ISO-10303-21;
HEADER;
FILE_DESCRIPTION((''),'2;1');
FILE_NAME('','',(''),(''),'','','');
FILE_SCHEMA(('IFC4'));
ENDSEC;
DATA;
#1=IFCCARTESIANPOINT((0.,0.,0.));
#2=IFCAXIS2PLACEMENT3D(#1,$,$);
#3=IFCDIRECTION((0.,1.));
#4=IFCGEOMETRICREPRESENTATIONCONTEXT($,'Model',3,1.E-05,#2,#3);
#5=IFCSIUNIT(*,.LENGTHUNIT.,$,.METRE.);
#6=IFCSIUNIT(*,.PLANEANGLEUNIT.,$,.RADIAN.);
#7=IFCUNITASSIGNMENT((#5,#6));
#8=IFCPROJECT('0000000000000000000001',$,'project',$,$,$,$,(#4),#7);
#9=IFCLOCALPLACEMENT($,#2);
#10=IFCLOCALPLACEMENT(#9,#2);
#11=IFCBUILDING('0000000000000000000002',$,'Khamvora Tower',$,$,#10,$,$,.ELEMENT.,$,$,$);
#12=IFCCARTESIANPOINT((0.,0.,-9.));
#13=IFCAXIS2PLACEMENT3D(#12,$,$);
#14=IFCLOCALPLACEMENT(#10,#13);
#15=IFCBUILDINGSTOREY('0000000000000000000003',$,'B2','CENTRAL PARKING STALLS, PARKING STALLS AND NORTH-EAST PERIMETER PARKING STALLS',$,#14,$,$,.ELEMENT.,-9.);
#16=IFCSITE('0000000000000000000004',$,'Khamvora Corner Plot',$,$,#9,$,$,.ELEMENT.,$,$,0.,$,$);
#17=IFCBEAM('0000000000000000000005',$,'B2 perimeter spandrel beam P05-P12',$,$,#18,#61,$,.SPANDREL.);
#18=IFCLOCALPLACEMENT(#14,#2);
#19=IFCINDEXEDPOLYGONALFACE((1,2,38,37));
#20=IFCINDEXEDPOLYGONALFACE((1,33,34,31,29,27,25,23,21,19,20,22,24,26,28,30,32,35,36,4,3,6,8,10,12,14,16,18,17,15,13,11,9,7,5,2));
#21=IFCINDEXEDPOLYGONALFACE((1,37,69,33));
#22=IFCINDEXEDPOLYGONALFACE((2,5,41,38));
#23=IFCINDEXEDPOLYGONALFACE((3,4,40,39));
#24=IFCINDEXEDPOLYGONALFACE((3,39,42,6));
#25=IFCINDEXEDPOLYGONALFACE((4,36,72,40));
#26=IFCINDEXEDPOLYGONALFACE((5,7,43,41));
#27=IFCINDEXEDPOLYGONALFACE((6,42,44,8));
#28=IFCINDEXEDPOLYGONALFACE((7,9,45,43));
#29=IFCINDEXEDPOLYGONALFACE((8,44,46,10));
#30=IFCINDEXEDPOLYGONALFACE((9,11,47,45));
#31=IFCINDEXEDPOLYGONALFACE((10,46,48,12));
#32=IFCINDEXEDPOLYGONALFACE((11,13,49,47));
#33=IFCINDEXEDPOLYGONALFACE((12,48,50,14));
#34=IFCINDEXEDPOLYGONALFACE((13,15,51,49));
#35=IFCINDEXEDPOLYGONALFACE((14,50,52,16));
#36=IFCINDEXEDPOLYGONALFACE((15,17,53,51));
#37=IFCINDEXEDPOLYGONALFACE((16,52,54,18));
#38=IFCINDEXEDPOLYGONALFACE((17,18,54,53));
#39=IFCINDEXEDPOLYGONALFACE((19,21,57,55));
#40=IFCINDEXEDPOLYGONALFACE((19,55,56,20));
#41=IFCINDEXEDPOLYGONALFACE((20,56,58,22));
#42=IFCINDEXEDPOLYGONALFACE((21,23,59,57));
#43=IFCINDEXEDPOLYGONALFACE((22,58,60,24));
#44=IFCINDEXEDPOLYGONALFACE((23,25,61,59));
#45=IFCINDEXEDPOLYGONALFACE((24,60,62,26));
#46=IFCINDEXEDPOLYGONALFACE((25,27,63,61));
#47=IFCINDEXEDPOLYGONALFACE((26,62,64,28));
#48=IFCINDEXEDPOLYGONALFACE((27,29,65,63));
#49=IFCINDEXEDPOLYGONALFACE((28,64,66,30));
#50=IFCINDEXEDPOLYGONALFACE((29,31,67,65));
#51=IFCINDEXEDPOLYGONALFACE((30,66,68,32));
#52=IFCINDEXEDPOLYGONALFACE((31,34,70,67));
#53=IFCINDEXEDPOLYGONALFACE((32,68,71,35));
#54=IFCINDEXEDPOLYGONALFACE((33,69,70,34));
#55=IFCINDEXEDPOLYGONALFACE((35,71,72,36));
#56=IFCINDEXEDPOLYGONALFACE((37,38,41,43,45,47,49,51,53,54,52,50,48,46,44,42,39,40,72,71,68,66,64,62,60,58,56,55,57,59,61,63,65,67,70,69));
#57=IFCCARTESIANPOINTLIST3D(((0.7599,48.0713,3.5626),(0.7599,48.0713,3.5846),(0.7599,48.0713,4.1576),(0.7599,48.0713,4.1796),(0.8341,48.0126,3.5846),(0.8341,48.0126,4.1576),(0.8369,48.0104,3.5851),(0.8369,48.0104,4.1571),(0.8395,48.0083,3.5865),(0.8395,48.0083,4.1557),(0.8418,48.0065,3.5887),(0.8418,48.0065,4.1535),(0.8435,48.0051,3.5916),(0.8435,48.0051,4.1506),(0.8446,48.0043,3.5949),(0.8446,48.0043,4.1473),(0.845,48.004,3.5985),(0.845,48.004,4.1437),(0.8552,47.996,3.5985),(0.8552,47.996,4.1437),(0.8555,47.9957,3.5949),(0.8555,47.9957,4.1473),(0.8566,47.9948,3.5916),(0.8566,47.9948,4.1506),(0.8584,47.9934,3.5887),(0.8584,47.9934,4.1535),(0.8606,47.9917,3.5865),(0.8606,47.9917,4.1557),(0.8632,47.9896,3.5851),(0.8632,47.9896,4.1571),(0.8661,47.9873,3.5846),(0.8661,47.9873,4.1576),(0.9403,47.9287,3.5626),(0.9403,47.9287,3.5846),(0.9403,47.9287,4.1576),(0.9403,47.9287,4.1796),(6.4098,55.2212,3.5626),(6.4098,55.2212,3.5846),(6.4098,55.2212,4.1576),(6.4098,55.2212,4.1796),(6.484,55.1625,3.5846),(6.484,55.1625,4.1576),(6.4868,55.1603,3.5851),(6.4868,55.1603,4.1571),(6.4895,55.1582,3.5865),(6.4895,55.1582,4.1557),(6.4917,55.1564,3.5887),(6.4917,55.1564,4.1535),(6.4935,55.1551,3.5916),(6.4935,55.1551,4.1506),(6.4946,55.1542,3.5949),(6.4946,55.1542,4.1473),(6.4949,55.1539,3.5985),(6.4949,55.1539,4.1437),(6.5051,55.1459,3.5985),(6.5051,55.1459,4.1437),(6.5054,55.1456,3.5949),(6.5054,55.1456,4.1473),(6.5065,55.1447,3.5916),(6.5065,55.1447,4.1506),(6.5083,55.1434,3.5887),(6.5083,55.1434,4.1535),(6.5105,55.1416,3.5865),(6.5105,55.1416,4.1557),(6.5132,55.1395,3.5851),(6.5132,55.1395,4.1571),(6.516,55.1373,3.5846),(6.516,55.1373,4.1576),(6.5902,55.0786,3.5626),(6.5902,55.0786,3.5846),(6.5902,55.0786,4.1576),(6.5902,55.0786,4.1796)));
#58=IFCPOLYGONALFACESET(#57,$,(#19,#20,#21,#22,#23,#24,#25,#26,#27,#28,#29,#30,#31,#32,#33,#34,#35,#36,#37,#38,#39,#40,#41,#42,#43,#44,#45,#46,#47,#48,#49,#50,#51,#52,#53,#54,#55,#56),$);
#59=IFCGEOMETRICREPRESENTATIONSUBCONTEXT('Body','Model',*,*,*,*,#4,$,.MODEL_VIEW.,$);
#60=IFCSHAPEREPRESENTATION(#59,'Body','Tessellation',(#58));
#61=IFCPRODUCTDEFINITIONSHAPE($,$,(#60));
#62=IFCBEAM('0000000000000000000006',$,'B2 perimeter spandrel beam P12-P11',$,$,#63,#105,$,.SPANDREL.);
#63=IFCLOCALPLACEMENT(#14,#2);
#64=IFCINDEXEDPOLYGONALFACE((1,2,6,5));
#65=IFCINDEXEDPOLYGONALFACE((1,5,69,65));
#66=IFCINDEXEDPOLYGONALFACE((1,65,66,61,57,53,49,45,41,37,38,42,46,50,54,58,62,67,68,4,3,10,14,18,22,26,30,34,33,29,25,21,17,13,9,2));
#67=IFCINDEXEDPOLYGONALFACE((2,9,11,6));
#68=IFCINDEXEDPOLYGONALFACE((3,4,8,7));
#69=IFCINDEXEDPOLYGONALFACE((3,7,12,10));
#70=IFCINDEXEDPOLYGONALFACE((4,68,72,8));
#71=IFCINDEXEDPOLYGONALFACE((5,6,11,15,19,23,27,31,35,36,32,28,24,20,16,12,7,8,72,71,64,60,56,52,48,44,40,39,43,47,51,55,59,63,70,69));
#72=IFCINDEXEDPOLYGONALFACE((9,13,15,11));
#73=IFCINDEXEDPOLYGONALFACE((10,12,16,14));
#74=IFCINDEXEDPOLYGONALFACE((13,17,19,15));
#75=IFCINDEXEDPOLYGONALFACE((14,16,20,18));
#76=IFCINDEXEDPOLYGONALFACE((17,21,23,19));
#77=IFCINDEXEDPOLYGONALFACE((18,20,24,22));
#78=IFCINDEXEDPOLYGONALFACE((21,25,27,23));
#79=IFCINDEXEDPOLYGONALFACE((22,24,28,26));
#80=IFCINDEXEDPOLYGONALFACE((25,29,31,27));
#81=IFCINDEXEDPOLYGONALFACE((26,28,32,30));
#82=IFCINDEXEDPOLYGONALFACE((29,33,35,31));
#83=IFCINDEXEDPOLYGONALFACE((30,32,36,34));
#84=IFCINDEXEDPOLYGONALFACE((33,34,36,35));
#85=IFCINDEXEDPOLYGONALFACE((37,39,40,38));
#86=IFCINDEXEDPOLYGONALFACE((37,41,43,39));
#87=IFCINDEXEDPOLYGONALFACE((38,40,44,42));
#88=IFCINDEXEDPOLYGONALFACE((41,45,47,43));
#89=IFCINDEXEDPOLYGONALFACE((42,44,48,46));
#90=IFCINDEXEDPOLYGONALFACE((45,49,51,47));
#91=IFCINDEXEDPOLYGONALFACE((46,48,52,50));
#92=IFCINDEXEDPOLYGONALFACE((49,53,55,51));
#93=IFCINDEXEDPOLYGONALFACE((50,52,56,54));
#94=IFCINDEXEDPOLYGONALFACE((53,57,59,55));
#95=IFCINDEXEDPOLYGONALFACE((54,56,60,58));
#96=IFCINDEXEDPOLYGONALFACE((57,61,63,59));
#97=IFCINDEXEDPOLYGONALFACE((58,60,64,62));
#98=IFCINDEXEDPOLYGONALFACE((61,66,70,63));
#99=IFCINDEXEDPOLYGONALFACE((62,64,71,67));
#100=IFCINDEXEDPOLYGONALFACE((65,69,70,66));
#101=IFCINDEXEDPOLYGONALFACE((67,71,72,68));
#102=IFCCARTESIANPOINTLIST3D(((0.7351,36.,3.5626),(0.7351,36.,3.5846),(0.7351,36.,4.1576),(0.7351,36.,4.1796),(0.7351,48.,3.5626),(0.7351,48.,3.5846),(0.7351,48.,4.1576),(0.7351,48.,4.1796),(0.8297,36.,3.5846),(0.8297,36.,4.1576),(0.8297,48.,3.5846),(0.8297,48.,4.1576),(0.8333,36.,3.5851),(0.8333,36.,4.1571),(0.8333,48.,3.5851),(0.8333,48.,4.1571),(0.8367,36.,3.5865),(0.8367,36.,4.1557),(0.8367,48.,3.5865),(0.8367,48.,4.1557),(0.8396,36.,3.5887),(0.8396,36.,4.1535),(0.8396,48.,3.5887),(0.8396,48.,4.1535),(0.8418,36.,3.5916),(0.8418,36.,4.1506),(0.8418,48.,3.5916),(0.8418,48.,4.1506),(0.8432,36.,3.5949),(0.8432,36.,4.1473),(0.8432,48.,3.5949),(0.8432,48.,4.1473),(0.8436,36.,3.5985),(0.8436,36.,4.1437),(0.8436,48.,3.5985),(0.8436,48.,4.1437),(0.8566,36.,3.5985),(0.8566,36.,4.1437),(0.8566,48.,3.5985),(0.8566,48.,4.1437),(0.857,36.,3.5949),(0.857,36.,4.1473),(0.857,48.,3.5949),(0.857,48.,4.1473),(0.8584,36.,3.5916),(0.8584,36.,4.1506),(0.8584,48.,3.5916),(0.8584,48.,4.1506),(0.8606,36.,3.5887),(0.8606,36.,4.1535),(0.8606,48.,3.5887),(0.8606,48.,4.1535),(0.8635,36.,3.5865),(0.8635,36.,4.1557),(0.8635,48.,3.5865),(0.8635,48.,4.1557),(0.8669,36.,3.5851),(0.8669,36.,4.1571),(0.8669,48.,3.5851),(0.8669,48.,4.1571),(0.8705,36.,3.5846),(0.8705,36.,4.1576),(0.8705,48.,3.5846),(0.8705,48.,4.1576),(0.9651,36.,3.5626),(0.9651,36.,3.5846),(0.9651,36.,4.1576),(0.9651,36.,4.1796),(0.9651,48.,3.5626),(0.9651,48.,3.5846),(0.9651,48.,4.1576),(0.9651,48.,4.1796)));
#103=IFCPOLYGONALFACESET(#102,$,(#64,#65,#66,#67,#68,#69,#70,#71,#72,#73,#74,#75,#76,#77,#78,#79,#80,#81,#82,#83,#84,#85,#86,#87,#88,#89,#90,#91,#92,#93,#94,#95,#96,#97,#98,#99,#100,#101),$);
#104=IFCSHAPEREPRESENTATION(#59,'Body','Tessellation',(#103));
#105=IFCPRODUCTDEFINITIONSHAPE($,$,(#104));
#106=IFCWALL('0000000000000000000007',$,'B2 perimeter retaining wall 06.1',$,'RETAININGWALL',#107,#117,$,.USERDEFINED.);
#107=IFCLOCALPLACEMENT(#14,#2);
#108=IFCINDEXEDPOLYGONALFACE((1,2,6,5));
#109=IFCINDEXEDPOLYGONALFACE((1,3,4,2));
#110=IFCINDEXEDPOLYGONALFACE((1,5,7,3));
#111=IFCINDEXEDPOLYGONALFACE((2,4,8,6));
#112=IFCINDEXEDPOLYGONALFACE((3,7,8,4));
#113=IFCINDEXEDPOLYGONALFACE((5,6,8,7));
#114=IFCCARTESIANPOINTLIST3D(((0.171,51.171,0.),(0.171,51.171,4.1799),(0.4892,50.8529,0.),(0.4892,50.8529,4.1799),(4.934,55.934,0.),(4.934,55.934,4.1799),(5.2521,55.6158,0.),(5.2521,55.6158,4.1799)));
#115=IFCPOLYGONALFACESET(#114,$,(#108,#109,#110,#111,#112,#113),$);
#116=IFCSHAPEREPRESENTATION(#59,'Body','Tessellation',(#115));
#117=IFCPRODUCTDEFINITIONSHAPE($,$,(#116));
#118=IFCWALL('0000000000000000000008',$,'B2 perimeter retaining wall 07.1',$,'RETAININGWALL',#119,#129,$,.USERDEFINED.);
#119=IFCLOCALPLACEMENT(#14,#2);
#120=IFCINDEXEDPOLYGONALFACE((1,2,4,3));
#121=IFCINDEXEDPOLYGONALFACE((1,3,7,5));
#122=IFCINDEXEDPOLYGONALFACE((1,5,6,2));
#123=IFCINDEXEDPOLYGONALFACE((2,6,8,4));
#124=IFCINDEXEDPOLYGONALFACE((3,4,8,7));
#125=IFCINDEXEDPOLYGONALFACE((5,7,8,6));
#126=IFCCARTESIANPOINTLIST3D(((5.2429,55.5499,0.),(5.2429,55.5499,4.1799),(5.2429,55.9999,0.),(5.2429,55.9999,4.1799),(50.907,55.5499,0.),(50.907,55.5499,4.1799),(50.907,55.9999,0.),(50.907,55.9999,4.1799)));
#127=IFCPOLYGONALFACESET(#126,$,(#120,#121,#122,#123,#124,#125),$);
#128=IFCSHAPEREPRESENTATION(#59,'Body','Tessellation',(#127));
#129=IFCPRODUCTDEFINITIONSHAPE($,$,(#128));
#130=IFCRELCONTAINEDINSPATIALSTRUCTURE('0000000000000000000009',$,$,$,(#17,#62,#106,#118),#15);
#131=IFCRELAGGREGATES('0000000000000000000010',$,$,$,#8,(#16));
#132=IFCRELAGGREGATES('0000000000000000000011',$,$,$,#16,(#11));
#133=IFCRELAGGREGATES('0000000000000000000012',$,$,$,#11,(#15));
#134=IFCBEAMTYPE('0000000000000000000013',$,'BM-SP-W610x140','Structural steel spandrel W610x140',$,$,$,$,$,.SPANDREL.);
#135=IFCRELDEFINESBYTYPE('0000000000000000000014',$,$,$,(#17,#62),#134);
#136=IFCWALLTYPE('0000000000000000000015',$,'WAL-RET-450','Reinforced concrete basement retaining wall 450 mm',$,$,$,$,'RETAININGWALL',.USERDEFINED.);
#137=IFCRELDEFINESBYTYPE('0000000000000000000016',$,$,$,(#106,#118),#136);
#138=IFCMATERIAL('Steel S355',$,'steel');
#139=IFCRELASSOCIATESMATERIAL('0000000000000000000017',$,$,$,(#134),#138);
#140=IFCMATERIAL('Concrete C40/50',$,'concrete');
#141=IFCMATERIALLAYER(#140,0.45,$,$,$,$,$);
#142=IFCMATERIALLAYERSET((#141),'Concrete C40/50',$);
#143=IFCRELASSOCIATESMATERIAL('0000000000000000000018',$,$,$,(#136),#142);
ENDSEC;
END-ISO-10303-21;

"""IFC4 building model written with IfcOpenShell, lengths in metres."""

from ifc_helpers import new_model, si_unit, direction, frame, frame_2d, origin, origin_2d, place, context, subcontext, project, spatial, rectangle, i_section, extrude, material, layer, layer_set, material_profile, profile_set, type_object, element, save


model = new_model("IFC4")

# Units and contexts
model_context = context("Model", 3, precision=1e-05, world=origin(), true_north=direction((0.0, 1.0)))
body_context = subcontext(model_context, "Body", "Model", "MODEL_VIEW")
ifc_project = project(units=[si_unit("LENGTHUNIT", "METRE"), si_unit("PLANEANGLEUNIT", "RADIAN")], contexts=[model_context])

# Site, building, storey
site_placement = place(None, origin())
site = spatial("IfcSite", under=ifc_project, at=site_placement, Name="Khamvora Corner Plot", CompositionType="ELEMENT", RefElevation=0.0)
building_placement = place(site_placement, origin())
building = spatial("IfcBuilding", under=site, at=building_placement, Name="Khamvora Tower", CompositionType="ELEMENT")
storey_placement = place(building_placement, frame((0.0, 0.0, -9.0)))
storey = spatial("IfcBuildingStorey", under=building, at=storey_placement, Name="B2", Description="CENTRAL PARKING STALLS, PARKING STALLS AND NORTH-EAST PERIMETER PARKING STALLS", CompositionType="ELEMENT", Elevation=-9.0)

# Shared definitions
ifc_material_1 = material(Name="Concrete C40/50", Category="concrete")

# Shared definitions
ifc_material_2 = material(Name="Steel S355", Category="steel")

# Beams
ifc_material_profile_1 = material_profile(ifc_material_2, i_section(OverallWidth=0.23, OverallDepth=0.6169, WebThickness=0.0129, FlangeThickness=0.022, FilletRadius=0.0139, at=origin_2d()), Name="W610x140")
ifc_profile_set_1 = profile_set([ifc_material_profile_1], Name="Steel S355")
beam_type_1 = type_object("IfcBeamType", Name="BM-SP-W610x140", Description="Structural steel spandrel W610x140", PredefinedType="SPANDREL", material=ifc_profile_set_1)
beam_1_placement = place(storey_placement, frame((6.5, 55.1499, 3.8711), z_axis=(-0.619999, -0.784603, 0.0), x_axis=(0.784603, -0.619999, 0.0)))
element("IfcBeam", 1, at=beam_1_placement, inside=storey, type_object=beam_type_1, Name="B2 perimeter spandrel beam P05-P12", PredefinedType="SPANDREL", context=body_context, shape_type="SweptSolid", body=[
    extrude(i_section(OverallWidth=0.23, OverallDepth=0.6169, WebThickness=0.0129, FlangeThickness=0.022, FilletRadius=0.0139, at=origin_2d()), origin(), (0.0, 0.0, 1.0), 9.1128),
])
beam_2_placement = place(storey_placement, frame((0.8501, 48.0, 3.8711), z_axis=(0.0, -1.0, 0.0), x_axis=(1.0, 0.0, 0.0)))
element("IfcBeam", 2, at=beam_2_placement, inside=storey, type_object=beam_type_1, Name="B2 perimeter spandrel beam P12-P11", PredefinedType="SPANDREL", context=body_context, shape_type="SweptSolid", body=[
    extrude(i_section(OverallWidth=0.23, OverallDepth=0.6169, WebThickness=0.0129, FlangeThickness=0.022, FilletRadius=0.0139, at=origin_2d()), origin(), (0.0, 0.0, 1.0), 12.0),
])

# Walls
ifc_layer = layer(ifc_material_1, 0.45)
ifc_layer_set = layer_set([ifc_layer], Name="Concrete C40/50")
wall_type = type_object("IfcWallType", Name="WAL-RET-450", Description="Reinforced concrete basement retaining wall 450 mm", ElementType="RETAININGWALL", PredefinedType="USERDEFINED", material=ifc_layer_set)
wall_1_placement = place(storey_placement, frame((0.3301, 51.012, 0.0), z_axis=(0.0, 0.0, 1.0), x_axis=(0.707107, 0.707107, 0.0)))
element("IfcWall", 3, at=wall_1_placement, inside=storey, type_object=wall_type, Name="B2 perimeter retaining wall 06.1", ObjectType="RETAININGWALL", PredefinedType="USERDEFINED", context=body_context, shape_type="SweptSolid", body=[
    extrude(rectangle(XDim=6.7358, YDim=0.45, at=frame_2d((3.3679, 0.0))), origin(), (0.0, 0.0, 1.0), 4.1799),
])
wall_2_placement = place(storey_placement, frame((5.2429, 55.7749, 0.0), z_axis=(0.0, 0.0, 1.0), x_axis=(1.0, 0.0, 0.0)))
element("IfcWall", 4, at=wall_2_placement, inside=storey, type_object=wall_type, Name="B2 perimeter retaining wall 07.1", ObjectType="RETAININGWALL", PredefinedType="USERDEFINED", context=body_context, shape_type="SweptSolid", body=[
    extrude(rectangle(XDim=45.6641, YDim=0.45, at=frame_2d((22.832, 0.0))), origin(), (0.0, 0.0, 1.0), 4.1799),
])

save(model, "model.ifc")
